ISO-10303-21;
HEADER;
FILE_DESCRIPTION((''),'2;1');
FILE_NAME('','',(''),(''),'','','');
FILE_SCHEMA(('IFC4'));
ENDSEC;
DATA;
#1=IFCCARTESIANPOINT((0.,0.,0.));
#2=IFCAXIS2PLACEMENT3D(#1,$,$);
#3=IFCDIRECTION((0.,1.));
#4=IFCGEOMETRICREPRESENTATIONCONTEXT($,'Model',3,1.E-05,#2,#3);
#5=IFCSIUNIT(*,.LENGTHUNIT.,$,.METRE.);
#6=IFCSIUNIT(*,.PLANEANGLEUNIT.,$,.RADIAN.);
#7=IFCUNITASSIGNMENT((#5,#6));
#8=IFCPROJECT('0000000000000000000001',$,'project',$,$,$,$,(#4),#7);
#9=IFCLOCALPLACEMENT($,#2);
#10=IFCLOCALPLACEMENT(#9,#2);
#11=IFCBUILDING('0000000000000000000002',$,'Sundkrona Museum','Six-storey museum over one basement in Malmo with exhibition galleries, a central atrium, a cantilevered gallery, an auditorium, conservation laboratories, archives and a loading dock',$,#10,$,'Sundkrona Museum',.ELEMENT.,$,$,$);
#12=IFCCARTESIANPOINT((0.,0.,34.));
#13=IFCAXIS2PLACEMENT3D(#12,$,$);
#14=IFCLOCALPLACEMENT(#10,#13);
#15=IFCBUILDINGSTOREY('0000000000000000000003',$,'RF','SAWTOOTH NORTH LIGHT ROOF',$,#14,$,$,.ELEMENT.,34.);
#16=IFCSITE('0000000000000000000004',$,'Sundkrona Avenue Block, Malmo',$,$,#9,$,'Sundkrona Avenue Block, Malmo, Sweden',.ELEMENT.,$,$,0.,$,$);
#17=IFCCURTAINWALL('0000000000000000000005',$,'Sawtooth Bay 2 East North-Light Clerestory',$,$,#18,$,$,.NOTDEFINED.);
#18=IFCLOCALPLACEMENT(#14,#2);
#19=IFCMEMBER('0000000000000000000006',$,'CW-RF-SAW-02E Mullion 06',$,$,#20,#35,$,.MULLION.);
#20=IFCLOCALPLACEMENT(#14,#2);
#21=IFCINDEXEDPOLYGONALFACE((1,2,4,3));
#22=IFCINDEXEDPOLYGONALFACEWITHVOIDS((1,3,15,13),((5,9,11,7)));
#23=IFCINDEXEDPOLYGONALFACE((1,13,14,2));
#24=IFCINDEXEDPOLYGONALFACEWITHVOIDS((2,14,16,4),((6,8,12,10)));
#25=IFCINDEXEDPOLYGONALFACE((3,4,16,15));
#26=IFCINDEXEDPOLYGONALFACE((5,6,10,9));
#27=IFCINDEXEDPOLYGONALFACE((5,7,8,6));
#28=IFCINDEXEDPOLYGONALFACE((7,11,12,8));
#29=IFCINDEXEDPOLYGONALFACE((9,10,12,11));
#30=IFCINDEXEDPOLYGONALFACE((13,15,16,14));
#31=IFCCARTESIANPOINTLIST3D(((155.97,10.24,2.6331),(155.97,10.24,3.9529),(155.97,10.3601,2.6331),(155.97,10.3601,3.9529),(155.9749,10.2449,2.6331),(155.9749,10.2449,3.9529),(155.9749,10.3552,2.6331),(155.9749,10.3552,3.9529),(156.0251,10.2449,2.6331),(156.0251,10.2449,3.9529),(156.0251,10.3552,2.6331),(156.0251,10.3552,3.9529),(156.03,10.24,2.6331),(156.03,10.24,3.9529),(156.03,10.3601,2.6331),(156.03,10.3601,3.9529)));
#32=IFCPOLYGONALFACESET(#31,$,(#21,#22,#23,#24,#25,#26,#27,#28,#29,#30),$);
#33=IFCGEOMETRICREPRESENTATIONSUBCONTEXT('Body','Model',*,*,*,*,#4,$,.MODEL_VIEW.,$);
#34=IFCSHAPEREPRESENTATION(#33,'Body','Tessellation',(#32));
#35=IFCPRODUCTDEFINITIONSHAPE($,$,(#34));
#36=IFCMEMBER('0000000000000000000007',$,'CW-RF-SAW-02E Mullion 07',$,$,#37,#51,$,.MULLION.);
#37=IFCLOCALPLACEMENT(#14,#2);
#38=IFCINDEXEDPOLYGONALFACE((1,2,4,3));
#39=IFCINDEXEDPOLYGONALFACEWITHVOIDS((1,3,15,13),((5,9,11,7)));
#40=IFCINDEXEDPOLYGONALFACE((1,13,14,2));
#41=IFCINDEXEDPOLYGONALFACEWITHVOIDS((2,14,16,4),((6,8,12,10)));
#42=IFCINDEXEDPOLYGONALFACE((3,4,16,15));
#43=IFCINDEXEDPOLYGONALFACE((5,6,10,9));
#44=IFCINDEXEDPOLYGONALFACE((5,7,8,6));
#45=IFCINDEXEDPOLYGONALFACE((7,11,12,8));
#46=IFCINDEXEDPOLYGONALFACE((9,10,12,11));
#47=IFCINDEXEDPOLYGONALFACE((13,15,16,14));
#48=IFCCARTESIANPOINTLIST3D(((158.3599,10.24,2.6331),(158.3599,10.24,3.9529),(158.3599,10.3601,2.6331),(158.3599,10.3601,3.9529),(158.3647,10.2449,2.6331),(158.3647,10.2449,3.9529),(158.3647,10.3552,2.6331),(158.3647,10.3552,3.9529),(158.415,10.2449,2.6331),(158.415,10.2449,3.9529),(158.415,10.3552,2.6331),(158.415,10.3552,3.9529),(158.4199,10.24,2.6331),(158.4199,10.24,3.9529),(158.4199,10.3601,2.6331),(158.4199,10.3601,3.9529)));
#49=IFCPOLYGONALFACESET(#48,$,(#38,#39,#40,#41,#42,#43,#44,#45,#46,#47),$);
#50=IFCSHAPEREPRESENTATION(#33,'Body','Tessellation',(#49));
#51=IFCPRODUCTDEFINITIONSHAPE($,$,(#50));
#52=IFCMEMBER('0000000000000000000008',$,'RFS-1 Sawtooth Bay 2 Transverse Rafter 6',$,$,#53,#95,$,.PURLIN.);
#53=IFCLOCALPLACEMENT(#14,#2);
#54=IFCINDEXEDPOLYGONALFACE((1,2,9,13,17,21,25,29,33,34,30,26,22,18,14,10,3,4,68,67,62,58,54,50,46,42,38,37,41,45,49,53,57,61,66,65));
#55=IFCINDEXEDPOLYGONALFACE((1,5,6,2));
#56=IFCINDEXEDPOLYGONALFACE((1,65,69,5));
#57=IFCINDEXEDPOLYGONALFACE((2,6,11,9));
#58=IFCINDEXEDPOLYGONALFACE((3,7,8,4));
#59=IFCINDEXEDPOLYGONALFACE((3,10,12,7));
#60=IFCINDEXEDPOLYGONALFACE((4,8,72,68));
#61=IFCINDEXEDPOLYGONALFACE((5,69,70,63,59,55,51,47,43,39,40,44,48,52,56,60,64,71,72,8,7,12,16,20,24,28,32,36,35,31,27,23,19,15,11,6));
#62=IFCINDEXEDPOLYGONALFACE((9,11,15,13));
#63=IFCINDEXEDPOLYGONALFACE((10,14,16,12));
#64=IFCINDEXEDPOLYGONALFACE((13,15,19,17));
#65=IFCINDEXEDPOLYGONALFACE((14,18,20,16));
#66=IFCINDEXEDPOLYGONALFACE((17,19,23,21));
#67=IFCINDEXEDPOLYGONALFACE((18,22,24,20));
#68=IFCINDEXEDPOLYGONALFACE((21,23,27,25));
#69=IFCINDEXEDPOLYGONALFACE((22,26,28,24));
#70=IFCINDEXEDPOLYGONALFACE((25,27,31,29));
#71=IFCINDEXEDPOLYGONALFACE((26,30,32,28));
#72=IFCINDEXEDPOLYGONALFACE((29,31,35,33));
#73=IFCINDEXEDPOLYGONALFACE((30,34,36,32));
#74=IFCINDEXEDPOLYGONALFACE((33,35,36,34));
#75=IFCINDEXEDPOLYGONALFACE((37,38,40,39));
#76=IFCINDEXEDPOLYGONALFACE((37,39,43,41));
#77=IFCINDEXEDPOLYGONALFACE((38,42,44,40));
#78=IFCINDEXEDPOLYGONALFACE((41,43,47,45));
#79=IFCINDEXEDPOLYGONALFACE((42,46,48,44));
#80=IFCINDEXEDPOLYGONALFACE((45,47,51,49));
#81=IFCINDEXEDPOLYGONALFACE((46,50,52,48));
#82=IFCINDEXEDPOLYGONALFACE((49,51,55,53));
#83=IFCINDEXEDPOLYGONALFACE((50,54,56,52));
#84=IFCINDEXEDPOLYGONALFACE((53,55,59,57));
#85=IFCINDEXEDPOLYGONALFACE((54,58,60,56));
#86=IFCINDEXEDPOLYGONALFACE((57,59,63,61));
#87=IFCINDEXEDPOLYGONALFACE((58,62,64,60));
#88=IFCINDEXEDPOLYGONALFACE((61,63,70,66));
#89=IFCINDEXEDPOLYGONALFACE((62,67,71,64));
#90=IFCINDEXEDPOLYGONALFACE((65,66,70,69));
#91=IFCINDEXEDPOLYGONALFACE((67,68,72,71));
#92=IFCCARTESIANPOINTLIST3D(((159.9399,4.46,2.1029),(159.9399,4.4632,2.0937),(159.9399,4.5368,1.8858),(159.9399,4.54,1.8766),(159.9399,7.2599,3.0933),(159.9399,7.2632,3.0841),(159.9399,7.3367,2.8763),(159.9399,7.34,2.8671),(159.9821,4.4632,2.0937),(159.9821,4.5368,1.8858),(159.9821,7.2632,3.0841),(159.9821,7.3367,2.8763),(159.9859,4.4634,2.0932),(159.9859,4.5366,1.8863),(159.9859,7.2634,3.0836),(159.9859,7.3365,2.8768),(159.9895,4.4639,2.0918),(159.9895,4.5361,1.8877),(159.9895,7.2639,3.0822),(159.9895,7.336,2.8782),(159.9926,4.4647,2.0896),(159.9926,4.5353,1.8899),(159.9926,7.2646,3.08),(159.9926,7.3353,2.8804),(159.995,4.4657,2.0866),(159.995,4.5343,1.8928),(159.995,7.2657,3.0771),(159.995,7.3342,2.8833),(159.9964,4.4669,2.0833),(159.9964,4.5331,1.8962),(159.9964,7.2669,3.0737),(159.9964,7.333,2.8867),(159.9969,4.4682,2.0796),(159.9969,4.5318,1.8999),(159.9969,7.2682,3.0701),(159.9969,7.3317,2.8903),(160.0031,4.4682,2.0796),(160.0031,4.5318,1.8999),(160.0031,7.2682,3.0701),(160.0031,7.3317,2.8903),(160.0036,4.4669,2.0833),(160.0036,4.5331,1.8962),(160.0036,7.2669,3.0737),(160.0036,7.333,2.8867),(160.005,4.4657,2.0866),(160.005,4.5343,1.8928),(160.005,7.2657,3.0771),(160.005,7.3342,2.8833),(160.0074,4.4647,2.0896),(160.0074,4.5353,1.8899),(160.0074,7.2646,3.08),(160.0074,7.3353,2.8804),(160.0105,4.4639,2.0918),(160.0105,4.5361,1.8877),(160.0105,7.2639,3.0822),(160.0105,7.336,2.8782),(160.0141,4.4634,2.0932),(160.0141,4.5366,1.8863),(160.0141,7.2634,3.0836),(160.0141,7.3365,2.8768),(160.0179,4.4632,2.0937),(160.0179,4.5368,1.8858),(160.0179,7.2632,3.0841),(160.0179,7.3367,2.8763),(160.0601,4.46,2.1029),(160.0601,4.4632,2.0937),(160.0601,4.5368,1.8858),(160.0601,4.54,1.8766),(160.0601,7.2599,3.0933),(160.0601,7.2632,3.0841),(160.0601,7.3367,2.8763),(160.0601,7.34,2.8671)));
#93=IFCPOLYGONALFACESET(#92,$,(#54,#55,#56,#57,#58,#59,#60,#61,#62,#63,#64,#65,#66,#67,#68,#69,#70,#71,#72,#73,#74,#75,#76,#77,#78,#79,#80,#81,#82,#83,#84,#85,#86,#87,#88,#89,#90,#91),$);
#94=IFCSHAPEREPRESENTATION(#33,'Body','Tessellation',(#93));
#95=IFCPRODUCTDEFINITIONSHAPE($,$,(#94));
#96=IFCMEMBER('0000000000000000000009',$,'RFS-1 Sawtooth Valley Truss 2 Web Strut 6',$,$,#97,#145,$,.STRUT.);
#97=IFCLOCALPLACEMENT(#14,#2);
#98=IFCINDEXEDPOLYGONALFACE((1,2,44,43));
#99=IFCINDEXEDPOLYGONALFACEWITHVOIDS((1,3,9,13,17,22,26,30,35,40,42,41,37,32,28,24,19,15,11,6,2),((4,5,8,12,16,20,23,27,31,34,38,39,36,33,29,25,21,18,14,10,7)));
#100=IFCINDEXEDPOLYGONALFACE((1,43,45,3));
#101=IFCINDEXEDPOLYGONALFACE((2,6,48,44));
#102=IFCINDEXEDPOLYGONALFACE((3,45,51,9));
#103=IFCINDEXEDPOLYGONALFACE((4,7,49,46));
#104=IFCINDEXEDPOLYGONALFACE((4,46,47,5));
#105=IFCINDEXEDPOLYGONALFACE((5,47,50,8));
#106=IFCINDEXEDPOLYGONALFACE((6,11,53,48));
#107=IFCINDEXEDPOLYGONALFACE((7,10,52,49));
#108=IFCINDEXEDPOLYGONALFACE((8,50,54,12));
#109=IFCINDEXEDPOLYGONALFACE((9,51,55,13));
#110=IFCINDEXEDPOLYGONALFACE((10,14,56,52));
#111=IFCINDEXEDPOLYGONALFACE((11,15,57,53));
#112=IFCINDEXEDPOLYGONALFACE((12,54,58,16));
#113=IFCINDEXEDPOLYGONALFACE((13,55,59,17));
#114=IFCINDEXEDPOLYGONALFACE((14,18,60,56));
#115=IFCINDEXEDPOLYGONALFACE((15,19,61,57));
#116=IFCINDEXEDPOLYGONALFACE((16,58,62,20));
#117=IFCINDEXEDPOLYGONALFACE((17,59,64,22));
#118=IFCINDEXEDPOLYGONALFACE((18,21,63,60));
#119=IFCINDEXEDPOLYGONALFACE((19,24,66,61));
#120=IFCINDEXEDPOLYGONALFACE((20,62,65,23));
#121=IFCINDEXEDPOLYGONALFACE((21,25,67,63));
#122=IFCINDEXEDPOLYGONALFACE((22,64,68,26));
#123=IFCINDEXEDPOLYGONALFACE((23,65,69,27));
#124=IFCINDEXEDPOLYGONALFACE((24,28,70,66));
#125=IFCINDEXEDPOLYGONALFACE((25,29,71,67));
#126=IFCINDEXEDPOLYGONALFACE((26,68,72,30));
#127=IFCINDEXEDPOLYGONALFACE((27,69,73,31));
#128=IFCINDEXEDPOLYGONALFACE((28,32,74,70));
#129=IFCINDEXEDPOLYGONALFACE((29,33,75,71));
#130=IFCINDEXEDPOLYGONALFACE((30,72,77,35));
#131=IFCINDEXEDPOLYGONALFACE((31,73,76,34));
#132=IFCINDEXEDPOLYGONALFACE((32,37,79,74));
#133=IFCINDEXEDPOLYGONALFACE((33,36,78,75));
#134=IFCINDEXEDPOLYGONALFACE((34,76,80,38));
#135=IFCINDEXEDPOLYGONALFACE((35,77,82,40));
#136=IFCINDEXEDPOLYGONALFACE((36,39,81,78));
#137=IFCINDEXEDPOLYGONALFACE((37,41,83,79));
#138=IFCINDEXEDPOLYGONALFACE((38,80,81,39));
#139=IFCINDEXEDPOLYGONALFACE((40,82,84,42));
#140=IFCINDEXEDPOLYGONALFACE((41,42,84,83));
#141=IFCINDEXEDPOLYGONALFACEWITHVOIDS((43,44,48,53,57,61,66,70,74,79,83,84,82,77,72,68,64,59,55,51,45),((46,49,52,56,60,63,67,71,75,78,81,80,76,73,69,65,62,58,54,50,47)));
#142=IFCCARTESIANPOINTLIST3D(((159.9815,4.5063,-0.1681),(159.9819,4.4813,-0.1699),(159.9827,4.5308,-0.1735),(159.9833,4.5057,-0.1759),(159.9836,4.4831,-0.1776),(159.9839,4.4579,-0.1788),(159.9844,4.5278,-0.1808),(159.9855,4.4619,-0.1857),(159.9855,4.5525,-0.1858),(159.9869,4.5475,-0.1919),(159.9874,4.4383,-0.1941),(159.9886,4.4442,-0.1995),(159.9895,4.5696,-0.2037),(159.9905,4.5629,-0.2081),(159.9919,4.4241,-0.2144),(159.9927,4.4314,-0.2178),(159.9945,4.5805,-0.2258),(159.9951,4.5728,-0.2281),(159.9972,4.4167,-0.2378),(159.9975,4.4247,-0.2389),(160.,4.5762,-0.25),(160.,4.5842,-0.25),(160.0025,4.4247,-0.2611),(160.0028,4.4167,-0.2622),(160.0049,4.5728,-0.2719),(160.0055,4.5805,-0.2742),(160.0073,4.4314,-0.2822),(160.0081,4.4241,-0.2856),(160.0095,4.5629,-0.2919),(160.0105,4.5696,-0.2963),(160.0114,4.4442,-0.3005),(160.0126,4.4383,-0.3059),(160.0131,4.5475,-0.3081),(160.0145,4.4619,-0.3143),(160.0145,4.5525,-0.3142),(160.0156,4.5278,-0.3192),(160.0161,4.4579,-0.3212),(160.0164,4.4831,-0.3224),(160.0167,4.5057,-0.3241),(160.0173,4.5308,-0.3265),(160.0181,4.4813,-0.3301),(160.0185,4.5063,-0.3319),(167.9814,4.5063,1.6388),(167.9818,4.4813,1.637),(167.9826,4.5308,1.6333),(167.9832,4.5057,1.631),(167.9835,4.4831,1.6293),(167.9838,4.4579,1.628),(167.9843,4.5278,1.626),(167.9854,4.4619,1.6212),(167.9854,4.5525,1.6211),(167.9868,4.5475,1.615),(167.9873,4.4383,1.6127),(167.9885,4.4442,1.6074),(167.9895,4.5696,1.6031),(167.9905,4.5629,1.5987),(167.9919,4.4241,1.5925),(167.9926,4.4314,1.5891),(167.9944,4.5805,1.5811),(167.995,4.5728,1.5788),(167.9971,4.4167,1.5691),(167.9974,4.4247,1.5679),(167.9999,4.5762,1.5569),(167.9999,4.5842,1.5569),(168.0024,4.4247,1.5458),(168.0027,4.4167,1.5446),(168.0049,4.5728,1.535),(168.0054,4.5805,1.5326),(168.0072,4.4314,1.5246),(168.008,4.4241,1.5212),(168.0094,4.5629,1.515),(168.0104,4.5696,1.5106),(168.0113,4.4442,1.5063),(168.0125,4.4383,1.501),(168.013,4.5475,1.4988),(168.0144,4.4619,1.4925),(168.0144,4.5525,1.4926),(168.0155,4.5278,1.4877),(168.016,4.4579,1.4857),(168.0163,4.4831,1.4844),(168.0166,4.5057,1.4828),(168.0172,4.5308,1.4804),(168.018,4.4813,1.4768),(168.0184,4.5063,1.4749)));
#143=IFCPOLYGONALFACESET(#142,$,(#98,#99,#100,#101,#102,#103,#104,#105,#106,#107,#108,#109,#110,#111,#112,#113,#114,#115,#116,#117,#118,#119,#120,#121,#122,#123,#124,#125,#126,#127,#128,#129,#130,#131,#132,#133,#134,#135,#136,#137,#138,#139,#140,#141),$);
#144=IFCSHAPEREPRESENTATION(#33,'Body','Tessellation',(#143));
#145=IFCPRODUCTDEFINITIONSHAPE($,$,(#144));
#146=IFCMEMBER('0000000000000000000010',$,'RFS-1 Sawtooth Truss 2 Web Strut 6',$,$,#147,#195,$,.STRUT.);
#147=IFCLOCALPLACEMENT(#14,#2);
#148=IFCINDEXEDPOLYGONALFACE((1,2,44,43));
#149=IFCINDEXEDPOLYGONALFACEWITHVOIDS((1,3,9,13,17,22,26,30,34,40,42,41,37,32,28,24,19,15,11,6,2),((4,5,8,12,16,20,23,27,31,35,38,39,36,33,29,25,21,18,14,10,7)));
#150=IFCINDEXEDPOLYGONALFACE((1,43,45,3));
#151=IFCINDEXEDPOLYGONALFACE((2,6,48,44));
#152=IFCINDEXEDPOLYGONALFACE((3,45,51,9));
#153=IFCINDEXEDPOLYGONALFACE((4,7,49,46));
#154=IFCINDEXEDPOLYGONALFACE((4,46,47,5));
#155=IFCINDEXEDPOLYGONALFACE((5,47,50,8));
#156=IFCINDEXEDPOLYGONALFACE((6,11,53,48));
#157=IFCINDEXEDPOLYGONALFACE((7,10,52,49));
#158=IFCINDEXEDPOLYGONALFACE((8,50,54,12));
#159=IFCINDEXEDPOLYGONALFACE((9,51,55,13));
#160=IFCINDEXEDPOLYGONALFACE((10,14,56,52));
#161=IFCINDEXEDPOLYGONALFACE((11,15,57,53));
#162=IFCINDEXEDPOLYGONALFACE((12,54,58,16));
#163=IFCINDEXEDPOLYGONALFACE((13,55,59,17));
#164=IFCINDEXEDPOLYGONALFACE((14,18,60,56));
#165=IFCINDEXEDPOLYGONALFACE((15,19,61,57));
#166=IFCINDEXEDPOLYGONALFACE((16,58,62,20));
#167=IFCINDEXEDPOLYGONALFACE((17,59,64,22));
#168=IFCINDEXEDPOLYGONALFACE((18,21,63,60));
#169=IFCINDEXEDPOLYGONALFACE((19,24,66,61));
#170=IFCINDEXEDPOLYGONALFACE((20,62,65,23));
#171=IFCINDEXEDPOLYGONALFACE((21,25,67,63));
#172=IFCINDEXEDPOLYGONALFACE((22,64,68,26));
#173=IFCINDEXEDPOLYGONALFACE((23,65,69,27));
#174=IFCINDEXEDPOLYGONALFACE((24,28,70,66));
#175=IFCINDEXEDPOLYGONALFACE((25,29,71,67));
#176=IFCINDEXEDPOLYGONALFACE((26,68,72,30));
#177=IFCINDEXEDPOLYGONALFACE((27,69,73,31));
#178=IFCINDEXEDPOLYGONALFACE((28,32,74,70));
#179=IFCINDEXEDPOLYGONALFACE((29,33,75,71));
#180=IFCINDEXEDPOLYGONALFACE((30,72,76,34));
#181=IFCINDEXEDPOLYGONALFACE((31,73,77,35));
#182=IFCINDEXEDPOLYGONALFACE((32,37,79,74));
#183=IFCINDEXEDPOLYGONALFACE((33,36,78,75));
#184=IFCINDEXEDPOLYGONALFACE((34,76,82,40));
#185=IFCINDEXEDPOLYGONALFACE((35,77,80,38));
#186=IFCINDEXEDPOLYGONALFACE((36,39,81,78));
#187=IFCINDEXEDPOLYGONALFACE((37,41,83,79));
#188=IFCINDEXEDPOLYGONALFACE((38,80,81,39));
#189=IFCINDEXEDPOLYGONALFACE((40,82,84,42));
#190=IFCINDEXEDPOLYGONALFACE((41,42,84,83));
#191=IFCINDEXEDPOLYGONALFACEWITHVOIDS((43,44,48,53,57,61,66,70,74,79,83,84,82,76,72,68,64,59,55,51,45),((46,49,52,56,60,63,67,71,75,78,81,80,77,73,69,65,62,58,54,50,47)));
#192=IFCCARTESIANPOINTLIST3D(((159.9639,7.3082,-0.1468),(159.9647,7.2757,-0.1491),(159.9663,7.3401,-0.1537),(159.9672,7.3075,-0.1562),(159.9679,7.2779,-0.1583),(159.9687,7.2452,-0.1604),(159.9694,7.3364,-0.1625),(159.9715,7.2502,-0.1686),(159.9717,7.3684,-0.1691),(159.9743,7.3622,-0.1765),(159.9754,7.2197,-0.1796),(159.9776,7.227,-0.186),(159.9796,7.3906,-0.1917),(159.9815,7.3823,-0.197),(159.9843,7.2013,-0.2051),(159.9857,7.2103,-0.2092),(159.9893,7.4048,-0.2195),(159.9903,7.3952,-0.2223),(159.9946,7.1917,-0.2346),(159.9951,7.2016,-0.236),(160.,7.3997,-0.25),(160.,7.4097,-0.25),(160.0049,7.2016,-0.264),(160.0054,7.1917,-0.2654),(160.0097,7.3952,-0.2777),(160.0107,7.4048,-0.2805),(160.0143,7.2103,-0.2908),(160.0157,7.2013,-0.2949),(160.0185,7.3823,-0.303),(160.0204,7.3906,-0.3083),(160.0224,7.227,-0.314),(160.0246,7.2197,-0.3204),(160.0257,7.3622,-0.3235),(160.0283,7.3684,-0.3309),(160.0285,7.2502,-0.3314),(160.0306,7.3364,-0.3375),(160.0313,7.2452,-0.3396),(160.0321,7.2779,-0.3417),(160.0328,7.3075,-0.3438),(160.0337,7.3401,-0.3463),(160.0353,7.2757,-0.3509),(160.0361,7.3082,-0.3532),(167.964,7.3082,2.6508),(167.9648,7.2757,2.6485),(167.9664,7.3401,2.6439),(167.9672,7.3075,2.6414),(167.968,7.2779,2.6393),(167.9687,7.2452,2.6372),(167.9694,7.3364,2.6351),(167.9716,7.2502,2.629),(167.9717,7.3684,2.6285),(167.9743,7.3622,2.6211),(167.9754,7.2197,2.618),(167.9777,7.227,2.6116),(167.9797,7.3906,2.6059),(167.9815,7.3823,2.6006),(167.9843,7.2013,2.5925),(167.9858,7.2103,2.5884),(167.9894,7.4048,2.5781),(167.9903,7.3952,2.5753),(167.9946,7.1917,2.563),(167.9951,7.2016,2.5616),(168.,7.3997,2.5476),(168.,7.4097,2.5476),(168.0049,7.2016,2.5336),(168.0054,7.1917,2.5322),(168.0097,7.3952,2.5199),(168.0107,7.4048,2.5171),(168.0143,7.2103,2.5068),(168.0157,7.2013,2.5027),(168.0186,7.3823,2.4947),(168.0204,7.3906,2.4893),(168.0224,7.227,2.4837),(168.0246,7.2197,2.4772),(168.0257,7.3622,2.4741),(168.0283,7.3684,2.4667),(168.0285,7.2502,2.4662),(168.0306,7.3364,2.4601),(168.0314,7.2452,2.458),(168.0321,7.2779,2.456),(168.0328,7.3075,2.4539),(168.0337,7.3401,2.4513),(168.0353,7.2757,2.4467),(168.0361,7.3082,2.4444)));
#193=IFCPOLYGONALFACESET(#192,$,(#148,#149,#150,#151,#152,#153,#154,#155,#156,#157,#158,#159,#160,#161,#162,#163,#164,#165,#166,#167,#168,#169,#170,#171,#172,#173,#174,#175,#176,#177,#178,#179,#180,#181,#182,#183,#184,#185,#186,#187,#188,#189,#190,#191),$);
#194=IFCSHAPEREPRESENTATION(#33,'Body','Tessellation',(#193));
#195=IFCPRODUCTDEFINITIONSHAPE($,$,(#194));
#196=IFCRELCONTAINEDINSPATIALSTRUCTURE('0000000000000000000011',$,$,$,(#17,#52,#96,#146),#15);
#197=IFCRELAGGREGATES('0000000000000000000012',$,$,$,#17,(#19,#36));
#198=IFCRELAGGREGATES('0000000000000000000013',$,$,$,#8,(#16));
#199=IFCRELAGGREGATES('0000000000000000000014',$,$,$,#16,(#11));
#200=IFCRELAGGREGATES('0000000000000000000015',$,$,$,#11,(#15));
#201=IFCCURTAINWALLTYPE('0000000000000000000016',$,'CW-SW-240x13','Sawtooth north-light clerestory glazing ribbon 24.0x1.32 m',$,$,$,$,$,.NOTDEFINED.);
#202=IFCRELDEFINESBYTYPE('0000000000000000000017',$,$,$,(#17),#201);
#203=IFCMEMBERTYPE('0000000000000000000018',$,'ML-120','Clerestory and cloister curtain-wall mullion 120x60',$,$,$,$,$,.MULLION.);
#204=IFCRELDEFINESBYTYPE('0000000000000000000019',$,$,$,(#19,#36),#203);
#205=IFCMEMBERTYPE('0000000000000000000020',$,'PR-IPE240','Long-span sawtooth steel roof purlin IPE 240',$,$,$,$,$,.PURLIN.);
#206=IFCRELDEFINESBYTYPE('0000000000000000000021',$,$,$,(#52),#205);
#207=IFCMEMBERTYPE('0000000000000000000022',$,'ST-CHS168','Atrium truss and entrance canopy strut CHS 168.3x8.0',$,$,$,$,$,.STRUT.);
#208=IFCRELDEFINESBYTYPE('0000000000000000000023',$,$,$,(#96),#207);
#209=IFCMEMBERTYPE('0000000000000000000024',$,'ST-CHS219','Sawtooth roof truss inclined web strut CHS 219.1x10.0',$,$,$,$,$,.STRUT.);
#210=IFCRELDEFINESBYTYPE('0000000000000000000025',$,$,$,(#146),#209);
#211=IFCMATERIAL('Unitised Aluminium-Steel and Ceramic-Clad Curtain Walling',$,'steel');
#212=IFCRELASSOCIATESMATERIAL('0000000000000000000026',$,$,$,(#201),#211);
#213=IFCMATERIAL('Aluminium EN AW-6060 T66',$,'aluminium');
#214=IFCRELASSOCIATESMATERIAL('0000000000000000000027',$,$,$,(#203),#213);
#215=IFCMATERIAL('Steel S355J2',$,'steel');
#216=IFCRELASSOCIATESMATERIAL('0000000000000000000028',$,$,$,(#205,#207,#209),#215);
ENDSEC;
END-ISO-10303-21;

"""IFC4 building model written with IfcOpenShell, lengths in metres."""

from ifc_helpers import new_model, si_unit, direction, frame, origin, origin_2d, place, context, subcontext, project, spatial, hollow_rectangle, hollow_circle, i_section, extrude, material, material_profile, profile_set, type_object, element, aggregate, save


model = new_model("IFC4")

# Units and contexts
model_context = context("Model", 3, precision=1e-05, world=origin(), true_north=direction((0.0, 1.0)))
body_context = subcontext(model_context, "Body", "Model", "MODEL_VIEW")
ifc_project = project(units=[si_unit("LENGTHUNIT", "METRE"), si_unit("PLANEANGLEUNIT", "RADIAN")], contexts=[model_context])

# Site, building, storey
site_placement = place(None, origin())
site = spatial("IfcSite", under=ifc_project, at=site_placement, Name="Sundkrona Avenue Block, Malmo", LongName="Sundkrona Avenue Block, Malmo, Sweden", CompositionType="ELEMENT", RefElevation=0.0)
building_placement = place(site_placement, origin())
building = spatial("IfcBuilding", under=site, at=building_placement, Name="Sundkrona Museum", Description="Six-storey museum over one basement in Malmo with exhibition galleries, a central atrium, a cantilevered gallery, an auditorium, conservation laboratories, archives and a loading dock", LongName="Sundkrona Museum", CompositionType="ELEMENT")
storey_placement = place(building_placement, frame((0.0, 0.0, 34.0)))
storey = spatial("IfcBuildingStorey", under=building, at=storey_placement, Name="RF", Description="SAWTOOTH NORTH LIGHT ROOF", CompositionType="ELEMENT", Elevation=34.0)

# Curtain wall, members
ifc_material_1 = material(Name="Unitised Aluminium-Steel and Ceramic-Clad Curtain Walling", Category="steel")
curtain_wall_type = type_object("IfcCurtainWallType", Name="CW-SW-240x13", Description="Sawtooth north-light clerestory glazing ribbon 24.0x1.32 m", PredefinedType="NOTDEFINED", material=ifc_material_1)
curtain_wall_placement = place(storey_placement, origin())
curtain_wall = element("IfcCurtainWall", 1, at=curtain_wall_placement, inside=storey, type_object=curtain_wall_type, Name="Sawtooth Bay 2 East North-Light Clerestory", PredefinedType="NOTDEFINED")
ifc_material_2 = material(Name="Aluminium EN AW-6060 T66", Category="aluminium")
ifc_material_profile_1 = material_profile(ifc_material_2, hollow_rectangle(XDim=0.0601, YDim=0.1201, WallThickness=0.0049, at=origin_2d()), Name="RHS 120x60x5.0")
ifc_profile_set_1 = profile_set([ifc_material_profile_1], Name="Aluminium EN AW-6060 T66")
member_type_1 = type_object("IfcMemberType", Name="ML-120", Description="Clerestory and cloister curtain-wall mullion 120x60", PredefinedType="MULLION", material=ifc_profile_set_1)
member_1_placement = place(storey_placement, frame((156.0, 10.3, 2.6331), z_axis=(0.0, 0.0, 1.0), x_axis=(1.0, 0.0, 0.0)))
member_1 = element("IfcMember", 2, at=member_1_placement, type_object=member_type_1, Name="CW-RF-SAW-02E Mullion 06", PredefinedType="MULLION", context=body_context, shape_type="SweptSolid", body=[
    extrude(hollow_rectangle(XDim=0.0601, YDim=0.1201, WallThickness=0.0049, at=origin_2d()), origin(), (0.0, 0.0, 1.0), 1.3198),
])
member_2_placement = place(storey_placement, frame((158.3899, 10.3, 2.6331), z_axis=(0.0, 0.0, 1.0), x_axis=(1.0, 0.0, 0.0)))
member_2 = element("IfcMember", 3, at=member_2_placement, type_object=member_type_1, Name="CW-RF-SAW-02E Mullion 07", PredefinedType="MULLION", context=body_context, shape_type="SweptSolid", body=[
    extrude(hollow_rectangle(XDim=0.0601, YDim=0.1201, WallThickness=0.0049, at=origin_2d()), origin(), (0.0, 0.0, 1.0), 1.3198),
])

# Members
ifc_material_3 = material(Name="Steel S355J2", Category="steel")
ifc_material_profile_2 = material_profile(ifc_material_3, i_section(OverallWidth=0.1201, OverallDepth=0.24, WebThickness=0.0061, FlangeThickness=0.0098, FilletRadius=0.0149, at=origin_2d()), Name="IPE 240")
ifc_profile_set_2 = profile_set([ifc_material_profile_2], Name="Steel S355J2")
member_type_2 = type_object("IfcMemberType", Name="PR-IPE240", Description="Long-span sawtooth steel roof purlin IPE 240", PredefinedType="PURLIN", material=ifc_profile_set_2)
member_3_placement = place(storey_placement, frame((160.0, 4.5, 1.9897), z_axis=(0.0, 0.942755, 0.333486), x_axis=(-1.0, 0.0, 0.0)))
element("IfcMember", 4, at=member_3_placement, inside=storey, type_object=member_type_2, Name="RFS-1 Sawtooth Bay 2 Transverse Rafter 6", PredefinedType="PURLIN", context=body_context, shape_type="SweptSolid", body=[
    extrude(i_section(OverallWidth=0.1201, OverallDepth=0.24, WebThickness=0.0061, FlangeThickness=0.0098, FilletRadius=0.0149, at=origin_2d()), origin(), (0.0, 0.0, 1.0), 2.97),
])
ifc_material_profile_3 = material_profile(ifc_material_3, hollow_circle(Radius=0.0842, WallThickness=0.0081, at=origin_2d()), Name="CHS 168.3x8.0")
ifc_profile_set_3 = profile_set([ifc_material_profile_3], Name="Steel S355J2")
member_type_3 = type_object("IfcMemberType", Name="ST-CHS168", Description="Atrium truss and entrance canopy strut CHS 168.3x8.0", PredefinedType="STRUT", material=ifc_profile_set_3)
member_4_placement = place(storey_placement, frame((160.0, 4.5, -0.25), z_axis=(0.97543, 0.0, 0.220311), x_axis=(0.0, 1.0, 0.0)))
element("IfcMember", 5, at=member_4_placement, inside=storey, type_object=member_type_3, Name="RFS-1 Sawtooth Valley Truss 2 Web Strut 6", PredefinedType="STRUT", context=body_context, shape_type="SweptSolid", body=[
    extrude(hollow_circle(Radius=0.0842, WallThickness=0.0081, at=origin_2d()), origin(), (0.0, 0.0, 1.0), 8.2014),
])
ifc_material_profile_4 = material_profile(ifc_material_3, hollow_circle(Radius=0.1096, WallThickness=0.01, at=origin_2d()), Name="CHS 219.1x10.0")
ifc_profile_set_4 = profile_set([ifc_material_profile_4], Name="Steel S355J2")
member_type_4 = type_object("IfcMemberType", Name="ST-CHS219", Description="Sawtooth roof truss inclined web strut CHS 219.1x10.0", PredefinedType="STRUT", material=ifc_profile_set_4)
member_5_placement = place(storey_placement, frame((160.0, 7.3, -0.25), z_axis=(0.943946, 0.0, 0.330099), x_axis=(0.0, 1.0, 0.0)))
element("IfcMember", 6, at=member_5_placement, inside=storey, type_object=member_type_4, Name="RFS-1 Sawtooth Truss 2 Web Strut 6", PredefinedType="STRUT", context=body_context, shape_type="SweptSolid", body=[
    extrude(hollow_circle(Radius=0.1096, WallThickness=0.01, at=origin_2d()), origin(), (0.0, 0.0, 1.0), 8.4751),
])

aggregate(curtain_wall, [member_1, member_2])

save(model, "model.ifc")
